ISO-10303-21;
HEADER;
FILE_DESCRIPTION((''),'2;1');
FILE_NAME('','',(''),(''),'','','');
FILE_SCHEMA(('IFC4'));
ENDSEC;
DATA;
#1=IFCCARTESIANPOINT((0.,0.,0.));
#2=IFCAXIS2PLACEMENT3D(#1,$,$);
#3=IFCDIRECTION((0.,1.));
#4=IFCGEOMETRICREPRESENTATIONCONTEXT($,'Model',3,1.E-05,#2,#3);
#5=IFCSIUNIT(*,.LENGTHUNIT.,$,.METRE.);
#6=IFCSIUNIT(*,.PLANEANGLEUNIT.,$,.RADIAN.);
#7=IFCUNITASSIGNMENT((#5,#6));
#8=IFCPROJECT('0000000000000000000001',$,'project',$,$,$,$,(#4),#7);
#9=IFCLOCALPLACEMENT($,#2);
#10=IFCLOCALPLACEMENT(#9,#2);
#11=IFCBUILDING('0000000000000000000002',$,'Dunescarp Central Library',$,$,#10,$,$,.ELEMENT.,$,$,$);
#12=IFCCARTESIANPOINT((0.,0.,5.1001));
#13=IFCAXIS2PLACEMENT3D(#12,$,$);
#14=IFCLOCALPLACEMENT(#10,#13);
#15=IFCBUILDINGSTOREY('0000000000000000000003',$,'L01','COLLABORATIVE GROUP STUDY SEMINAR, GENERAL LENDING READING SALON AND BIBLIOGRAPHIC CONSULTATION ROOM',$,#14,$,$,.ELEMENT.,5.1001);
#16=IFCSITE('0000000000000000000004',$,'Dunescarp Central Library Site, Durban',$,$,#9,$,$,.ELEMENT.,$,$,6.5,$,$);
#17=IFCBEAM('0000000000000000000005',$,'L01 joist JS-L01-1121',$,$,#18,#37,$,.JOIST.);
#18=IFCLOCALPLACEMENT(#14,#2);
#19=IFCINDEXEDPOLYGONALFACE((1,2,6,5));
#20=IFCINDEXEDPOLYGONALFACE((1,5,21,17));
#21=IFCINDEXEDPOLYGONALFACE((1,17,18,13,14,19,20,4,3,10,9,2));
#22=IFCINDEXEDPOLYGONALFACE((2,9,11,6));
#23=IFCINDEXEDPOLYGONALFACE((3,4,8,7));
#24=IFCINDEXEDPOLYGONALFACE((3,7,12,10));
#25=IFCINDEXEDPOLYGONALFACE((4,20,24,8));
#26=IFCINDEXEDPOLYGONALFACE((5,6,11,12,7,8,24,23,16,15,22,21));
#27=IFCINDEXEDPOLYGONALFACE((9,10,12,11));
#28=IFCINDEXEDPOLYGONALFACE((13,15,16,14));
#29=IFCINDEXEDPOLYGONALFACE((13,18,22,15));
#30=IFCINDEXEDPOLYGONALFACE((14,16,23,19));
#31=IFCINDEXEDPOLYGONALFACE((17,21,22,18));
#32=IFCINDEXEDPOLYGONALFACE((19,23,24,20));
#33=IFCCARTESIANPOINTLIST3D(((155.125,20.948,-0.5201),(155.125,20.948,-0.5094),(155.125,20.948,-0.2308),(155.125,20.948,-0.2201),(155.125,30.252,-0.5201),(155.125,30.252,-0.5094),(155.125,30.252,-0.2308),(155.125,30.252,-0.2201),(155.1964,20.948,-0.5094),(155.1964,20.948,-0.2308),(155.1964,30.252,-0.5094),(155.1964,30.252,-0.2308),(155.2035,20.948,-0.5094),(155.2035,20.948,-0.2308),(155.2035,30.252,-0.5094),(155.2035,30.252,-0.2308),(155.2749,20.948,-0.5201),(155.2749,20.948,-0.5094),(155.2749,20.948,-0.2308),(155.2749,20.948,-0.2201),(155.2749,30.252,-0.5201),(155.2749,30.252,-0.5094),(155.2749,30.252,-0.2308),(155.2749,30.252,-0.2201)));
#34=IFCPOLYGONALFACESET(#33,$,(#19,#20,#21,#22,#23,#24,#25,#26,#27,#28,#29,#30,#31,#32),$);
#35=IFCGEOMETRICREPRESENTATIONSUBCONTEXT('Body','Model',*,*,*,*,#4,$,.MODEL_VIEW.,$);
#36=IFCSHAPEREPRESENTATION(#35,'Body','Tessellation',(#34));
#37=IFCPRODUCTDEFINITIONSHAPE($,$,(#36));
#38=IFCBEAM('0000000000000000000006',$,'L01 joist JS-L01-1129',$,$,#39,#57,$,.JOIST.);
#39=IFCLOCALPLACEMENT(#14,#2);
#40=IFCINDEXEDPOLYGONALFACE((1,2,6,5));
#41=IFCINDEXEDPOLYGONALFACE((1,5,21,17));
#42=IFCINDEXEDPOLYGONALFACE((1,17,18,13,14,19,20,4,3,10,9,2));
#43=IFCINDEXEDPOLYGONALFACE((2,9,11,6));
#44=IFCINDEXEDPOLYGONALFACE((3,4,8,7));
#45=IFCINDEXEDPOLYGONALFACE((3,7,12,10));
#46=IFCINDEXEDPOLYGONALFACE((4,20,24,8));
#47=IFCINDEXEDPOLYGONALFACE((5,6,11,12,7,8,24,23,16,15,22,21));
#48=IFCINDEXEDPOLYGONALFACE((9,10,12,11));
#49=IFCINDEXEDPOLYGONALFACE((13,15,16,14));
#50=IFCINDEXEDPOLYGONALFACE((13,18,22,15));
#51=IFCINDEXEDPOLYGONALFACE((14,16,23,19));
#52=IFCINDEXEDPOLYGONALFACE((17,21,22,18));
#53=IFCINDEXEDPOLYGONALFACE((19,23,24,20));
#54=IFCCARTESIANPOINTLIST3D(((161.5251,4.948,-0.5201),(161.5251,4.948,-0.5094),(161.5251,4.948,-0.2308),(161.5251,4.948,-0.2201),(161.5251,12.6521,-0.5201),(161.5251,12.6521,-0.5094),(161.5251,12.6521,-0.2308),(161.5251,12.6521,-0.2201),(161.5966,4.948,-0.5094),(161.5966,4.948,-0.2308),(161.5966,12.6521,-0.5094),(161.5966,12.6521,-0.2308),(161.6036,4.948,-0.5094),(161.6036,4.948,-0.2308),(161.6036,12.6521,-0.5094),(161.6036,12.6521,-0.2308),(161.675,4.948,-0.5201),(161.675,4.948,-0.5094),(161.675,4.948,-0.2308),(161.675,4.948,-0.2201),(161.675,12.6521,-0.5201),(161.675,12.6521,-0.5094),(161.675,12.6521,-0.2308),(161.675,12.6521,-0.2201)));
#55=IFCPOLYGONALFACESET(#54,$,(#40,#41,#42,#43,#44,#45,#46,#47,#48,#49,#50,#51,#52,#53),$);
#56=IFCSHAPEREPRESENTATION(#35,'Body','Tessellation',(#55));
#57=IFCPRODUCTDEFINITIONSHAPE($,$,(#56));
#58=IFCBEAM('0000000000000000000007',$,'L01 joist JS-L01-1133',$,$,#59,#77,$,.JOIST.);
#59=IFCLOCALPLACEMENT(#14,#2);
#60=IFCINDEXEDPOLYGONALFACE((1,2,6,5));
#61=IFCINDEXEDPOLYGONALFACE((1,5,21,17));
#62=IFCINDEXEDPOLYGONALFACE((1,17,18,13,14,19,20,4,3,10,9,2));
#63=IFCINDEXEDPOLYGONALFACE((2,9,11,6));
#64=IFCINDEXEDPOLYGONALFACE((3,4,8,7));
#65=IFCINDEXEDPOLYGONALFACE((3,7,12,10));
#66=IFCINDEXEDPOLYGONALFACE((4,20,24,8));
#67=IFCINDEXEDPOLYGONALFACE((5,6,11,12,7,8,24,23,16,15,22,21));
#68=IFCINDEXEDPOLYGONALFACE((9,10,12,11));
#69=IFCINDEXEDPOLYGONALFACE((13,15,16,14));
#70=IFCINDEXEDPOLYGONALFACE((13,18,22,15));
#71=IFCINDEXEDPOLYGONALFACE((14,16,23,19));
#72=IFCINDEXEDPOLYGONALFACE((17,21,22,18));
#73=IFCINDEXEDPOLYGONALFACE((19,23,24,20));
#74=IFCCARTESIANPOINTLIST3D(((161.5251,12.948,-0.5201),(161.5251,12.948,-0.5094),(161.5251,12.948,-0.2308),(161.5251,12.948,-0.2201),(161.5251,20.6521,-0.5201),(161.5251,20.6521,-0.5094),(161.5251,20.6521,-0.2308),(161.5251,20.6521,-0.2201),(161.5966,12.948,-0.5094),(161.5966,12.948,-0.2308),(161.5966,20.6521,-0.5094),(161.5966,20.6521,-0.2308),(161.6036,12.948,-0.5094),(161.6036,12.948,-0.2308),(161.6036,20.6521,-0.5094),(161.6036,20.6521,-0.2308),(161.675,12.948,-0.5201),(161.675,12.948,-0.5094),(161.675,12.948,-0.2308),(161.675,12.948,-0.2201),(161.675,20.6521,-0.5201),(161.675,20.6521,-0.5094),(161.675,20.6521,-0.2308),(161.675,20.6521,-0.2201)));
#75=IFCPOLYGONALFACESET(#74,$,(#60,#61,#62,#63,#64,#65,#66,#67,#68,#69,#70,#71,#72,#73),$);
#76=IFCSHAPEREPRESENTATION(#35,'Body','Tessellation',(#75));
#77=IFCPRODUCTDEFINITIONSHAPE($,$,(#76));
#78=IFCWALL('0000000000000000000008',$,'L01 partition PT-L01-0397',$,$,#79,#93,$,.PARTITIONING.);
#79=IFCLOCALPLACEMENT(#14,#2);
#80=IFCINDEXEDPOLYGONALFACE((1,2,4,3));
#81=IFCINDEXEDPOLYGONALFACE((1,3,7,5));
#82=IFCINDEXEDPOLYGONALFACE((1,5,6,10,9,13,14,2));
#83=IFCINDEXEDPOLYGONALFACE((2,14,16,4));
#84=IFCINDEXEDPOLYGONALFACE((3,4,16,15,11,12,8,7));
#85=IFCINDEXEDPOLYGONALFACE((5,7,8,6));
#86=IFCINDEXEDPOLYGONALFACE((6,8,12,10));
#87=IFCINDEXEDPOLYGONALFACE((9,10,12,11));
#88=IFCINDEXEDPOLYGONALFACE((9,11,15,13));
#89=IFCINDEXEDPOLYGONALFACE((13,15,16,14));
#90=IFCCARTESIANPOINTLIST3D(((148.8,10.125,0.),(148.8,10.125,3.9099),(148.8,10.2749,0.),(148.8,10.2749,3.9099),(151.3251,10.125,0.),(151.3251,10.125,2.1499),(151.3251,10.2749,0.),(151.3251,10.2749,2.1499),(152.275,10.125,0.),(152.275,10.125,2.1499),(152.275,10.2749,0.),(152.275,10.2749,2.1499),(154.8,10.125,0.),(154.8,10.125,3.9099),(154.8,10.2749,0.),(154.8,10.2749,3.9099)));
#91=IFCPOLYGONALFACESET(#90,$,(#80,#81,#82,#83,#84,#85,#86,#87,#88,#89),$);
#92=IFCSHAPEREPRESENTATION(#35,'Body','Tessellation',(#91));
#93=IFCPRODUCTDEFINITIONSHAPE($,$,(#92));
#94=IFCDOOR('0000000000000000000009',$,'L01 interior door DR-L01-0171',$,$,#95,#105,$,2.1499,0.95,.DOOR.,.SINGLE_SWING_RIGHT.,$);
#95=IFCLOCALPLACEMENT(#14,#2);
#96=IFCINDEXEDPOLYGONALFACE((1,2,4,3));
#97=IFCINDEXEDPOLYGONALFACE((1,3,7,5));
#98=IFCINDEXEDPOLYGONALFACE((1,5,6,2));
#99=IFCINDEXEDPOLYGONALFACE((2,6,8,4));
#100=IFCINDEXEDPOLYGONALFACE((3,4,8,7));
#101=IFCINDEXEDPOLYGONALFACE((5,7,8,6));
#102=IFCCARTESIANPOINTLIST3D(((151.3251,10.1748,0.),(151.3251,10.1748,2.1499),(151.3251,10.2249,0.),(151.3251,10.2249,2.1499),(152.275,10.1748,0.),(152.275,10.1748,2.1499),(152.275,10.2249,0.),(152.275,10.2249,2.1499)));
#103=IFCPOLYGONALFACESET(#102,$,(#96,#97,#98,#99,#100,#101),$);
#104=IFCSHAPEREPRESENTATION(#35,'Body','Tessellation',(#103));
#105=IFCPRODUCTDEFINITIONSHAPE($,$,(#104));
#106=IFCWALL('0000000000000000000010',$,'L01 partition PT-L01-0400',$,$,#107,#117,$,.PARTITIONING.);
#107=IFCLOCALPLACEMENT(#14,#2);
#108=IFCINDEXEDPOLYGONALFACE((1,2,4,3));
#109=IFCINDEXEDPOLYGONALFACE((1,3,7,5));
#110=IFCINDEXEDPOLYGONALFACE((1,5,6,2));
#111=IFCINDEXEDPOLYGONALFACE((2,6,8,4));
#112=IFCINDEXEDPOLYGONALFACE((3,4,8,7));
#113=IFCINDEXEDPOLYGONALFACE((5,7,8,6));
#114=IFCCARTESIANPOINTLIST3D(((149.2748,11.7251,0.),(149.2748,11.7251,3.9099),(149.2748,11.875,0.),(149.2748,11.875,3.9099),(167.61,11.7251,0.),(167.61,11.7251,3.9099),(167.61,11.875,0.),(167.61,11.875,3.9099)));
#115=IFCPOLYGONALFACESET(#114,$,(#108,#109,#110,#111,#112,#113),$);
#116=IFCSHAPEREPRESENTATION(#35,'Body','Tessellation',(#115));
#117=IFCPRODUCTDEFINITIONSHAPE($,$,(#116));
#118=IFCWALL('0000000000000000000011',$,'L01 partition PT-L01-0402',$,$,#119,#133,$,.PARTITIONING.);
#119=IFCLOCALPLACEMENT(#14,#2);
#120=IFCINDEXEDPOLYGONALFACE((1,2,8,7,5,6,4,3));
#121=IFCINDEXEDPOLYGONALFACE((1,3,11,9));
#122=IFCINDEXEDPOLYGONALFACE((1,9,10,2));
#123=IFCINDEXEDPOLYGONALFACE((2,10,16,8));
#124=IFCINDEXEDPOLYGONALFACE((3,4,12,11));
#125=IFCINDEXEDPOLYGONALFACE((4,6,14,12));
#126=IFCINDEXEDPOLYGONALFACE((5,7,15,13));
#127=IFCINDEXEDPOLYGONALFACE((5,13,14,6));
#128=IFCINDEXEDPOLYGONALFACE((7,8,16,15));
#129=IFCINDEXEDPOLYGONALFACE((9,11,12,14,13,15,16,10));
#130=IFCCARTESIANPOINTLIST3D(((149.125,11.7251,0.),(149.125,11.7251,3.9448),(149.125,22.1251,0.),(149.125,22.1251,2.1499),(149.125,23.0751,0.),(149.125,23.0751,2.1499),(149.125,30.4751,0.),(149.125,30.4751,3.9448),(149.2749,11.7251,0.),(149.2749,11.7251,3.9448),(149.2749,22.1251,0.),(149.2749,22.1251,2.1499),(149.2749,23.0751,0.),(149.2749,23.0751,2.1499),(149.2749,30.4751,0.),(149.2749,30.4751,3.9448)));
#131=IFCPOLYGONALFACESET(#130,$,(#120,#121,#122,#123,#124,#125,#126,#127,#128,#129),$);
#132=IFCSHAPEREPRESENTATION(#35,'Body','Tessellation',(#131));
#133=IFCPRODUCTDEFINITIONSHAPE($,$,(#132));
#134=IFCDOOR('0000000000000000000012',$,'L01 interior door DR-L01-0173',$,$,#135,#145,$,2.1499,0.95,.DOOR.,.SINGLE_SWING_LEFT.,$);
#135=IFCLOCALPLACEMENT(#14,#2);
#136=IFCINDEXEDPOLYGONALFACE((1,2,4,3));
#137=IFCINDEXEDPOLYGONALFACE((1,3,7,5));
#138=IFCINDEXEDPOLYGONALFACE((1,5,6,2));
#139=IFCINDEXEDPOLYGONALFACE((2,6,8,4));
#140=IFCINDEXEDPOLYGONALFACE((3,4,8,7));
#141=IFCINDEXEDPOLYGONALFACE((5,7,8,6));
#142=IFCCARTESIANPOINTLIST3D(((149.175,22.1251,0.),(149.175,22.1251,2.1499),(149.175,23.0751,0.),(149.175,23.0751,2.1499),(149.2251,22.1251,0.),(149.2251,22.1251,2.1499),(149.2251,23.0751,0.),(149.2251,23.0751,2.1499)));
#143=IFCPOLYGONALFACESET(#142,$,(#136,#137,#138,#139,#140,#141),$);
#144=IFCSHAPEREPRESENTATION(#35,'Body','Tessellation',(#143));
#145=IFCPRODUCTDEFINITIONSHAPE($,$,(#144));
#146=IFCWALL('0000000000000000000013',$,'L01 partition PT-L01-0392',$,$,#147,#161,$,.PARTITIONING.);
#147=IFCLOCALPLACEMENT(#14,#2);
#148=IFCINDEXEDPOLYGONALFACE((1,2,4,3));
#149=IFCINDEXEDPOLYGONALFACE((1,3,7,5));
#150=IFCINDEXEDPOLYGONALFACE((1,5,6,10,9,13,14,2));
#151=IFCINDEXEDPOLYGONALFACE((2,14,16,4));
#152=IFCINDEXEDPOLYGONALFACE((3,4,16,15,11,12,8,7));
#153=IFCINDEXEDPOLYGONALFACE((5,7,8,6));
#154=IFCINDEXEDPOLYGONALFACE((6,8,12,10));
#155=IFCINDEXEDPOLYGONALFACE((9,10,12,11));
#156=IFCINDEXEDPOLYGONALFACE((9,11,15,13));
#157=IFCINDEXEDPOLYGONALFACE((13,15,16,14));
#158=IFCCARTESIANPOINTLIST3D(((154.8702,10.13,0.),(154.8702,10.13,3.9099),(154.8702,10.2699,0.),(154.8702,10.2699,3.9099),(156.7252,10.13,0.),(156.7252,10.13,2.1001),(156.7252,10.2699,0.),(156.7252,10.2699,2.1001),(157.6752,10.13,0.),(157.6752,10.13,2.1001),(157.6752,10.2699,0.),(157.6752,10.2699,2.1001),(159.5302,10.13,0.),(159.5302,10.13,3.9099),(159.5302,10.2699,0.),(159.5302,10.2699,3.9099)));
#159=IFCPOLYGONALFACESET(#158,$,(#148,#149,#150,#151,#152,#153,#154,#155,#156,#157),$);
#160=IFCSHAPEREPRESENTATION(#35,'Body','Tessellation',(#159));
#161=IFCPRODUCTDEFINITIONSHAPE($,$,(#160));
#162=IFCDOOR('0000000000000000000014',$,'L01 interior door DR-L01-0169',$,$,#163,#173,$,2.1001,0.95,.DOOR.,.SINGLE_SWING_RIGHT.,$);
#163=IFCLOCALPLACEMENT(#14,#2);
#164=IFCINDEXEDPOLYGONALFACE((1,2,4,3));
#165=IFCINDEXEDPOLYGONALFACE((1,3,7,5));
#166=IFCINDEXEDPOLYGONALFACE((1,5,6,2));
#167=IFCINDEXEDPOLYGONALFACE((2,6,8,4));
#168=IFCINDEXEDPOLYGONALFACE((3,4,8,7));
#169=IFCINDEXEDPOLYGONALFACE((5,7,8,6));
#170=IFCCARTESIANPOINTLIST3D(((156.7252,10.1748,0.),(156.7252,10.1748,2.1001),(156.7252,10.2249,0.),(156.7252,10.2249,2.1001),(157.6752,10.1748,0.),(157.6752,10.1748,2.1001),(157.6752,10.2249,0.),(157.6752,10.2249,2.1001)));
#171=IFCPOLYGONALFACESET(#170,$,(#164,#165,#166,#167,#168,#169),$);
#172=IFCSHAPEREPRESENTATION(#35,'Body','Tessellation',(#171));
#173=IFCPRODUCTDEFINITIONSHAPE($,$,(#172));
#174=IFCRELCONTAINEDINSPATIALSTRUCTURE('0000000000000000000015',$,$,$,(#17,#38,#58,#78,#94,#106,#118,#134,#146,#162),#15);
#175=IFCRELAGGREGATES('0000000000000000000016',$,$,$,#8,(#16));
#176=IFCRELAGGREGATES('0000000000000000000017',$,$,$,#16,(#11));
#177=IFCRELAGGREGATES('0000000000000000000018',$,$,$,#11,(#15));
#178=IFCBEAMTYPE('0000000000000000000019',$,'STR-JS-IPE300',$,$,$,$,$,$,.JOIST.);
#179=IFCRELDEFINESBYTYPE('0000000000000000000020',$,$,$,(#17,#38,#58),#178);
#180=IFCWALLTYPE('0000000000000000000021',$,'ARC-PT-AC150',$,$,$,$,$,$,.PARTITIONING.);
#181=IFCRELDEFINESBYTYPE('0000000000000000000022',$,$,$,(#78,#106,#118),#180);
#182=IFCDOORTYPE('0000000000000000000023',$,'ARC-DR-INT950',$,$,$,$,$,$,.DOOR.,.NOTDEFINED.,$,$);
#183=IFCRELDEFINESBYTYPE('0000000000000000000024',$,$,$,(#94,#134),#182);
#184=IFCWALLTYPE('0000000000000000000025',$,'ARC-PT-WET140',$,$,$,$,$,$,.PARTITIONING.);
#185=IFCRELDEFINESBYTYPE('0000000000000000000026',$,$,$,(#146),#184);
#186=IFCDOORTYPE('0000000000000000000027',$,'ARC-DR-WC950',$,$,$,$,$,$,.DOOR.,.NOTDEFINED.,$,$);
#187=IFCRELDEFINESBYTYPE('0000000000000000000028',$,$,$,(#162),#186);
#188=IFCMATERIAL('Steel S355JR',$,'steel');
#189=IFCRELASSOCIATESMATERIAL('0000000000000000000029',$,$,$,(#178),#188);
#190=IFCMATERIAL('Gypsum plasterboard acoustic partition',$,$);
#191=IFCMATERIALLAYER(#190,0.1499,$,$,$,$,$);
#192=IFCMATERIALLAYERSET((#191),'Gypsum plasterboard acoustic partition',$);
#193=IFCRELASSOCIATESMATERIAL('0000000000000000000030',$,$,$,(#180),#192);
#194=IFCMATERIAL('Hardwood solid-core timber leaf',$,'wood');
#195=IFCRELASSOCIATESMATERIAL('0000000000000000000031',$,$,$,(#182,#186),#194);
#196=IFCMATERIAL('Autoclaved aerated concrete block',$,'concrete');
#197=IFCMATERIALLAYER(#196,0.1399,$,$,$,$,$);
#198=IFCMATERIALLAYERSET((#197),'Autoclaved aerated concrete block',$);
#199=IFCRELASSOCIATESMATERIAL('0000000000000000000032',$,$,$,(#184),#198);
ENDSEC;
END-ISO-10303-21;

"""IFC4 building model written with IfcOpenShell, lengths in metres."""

from ifc_helpers import new_model, si_unit, direction, frame, frame_2d, origin, origin_2d, place, context, subcontext, project, spatial, rectangle, i_section, extrude, material, layer, layer_set, material_profile, profile_set, type_object, element, fill, save


model = new_model("IFC4")

# Units and contexts
model_context = context("Model", 3, precision=1e-05, world=origin(), true_north=direction((0.0, 1.0)))
body_context = subcontext(model_context, "Body", "Model", "MODEL_VIEW")
ifc_project = project(units=[si_unit("LENGTHUNIT", "METRE"), si_unit("PLANEANGLEUNIT", "RADIAN")], contexts=[model_context])

# Site, building, storey
site_placement = place(None, origin())
site = spatial("IfcSite", under=ifc_project, at=site_placement, Name="Dunescarp Central Library Site, Durban", CompositionType="ELEMENT", RefElevation=6.5)
building_placement = place(site_placement, origin())
building = spatial("IfcBuilding", under=site, at=building_placement, Name="Dunescarp Central Library", CompositionType="ELEMENT")
storey_placement = place(building_placement, frame((0.0, 0.0, 5.1001)))
storey = spatial("IfcBuildingStorey", under=building, at=storey_placement, Name="L01", Description="COLLABORATIVE GROUP STUDY SEMINAR, GENERAL LENDING READING SALON AND BIBLIOGRAPHIC CONSULTATION ROOM", CompositionType="ELEMENT", Elevation=5.1001)

# Shared definitions
ifc_material_1 = material(Name="Steel S355JR", Category="steel")

# Beams
ifc_material_profile_1 = material_profile(ifc_material_1, i_section(OverallWidth=0.1499, OverallDepth=0.3, WebThickness=0.0071, FlangeThickness=0.0107, at=origin_2d()), Name="IPE 300")
ifc_profile_set_1 = profile_set([ifc_material_profile_1], Name="Steel S355JR")
beam_type_1 = type_object("IfcBeamType", Name="STR-JS-IPE300", PredefinedType="JOIST", material=ifc_profile_set_1)
for number, where, z_axis, x_axis, name in (
    (1, (155.2, 20.948, -0.3701), (0.0, 1.0, 0.0), (-1.0, 0.0, 0.0), "L01 joist JS-L01-1121"),
):
    element("IfcBeam", number, at=place(storey_placement, frame(where, z_axis=z_axis, x_axis=x_axis)), inside=storey, type_object=beam_type_1, Name=name, PredefinedType="JOIST", context=body_context, shape_type="SweptSolid", body=[
        extrude(i_section(OverallWidth=0.1499, OverallDepth=0.3, WebThickness=0.0071, FlangeThickness=0.0107, at=origin_2d()), origin(), (0.0, 0.0, 1.0), 9.304),
    ])
for number, where, z_axis, x_axis, name in (
    (2, (161.6001, 4.948, -0.3701), (0.0, 1.0, 0.0), (-1.0, 0.0, 0.0), "L01 joist JS-L01-1129"),
    (3, (161.6001, 12.948, -0.3701), (0.0, 1.0, 0.0), (-1.0, 0.0, 0.0), "L01 joist JS-L01-1133"),
):
    element("IfcBeam", number, at=place(storey_placement, frame(where, z_axis=z_axis, x_axis=x_axis)), inside=storey, type_object=beam_type_1, Name=name, PredefinedType="JOIST", context=body_context, shape_type="SweptSolid", body=[
        extrude(i_section(OverallWidth=0.1499, OverallDepth=0.3, WebThickness=0.0071, FlangeThickness=0.0107, at=origin_2d()), origin(), (0.0, 0.0, 1.0), 7.7041),
    ])

# Wall, opening, door
ifc_material_2 = material(Name="Gypsum plasterboard acoustic partition")
ifc_layer_1 = layer(ifc_material_2, 0.1499)
ifc_layer_set_1 = layer_set([ifc_layer_1], Name="Gypsum plasterboard acoustic partition")
wall_type_1 = type_object("IfcWallType", Name="ARC-PT-AC150", PredefinedType="PARTITIONING", material=ifc_layer_set_1)
wall_1_placement = place(storey_placement, frame((148.8, 10.2, 0.0), z_axis=(0.0, 0.0, 1.0), x_axis=(1.0, 0.0, 0.0)))
wall_1 = element("IfcWall", 4, at=wall_1_placement, inside=storey, type_object=wall_type_1, Name="L01 partition PT-L01-0397", PredefinedType="PARTITIONING", context=body_context, shape_type="SweptSolid", body=[
    extrude(rectangle(XDim=6.0, YDim=0.1499, at=frame_2d((3.0, 0.0))), origin(), (0.0, 0.0, 1.0), 3.9099),
])
opening_1_placement = place(wall_1_placement, frame((2.5249, 0.0, 0.0)))
opening_1 = element("IfcOpeningElement", 5, at=opening_1_placement, cuts=wall_1, PredefinedType="OPENING", context=body_context, shape_type="SweptSolid", body=[
    extrude(rectangle(XDim=0.95, YDim=2.1499, at=frame_2d((0.4751, 1.075))), frame((0.0, 0.085, 0.0), z_axis=(0.0, -1.0, 0.0), x_axis=(1.0, 0.0, 0.0)), (0.0, 0.0, 1.0), 0.1699),
])
ifc_material_3 = material(Name="Hardwood solid-core timber leaf", Category="wood")
door_type_1 = type_object("IfcDoorType", Name="ARC-DR-INT950", OperationType="NOTDEFINED", PredefinedType="DOOR", material=ifc_material_3)
door_1_placement = place(opening_1_placement, origin())
door_1 = element("IfcDoor", 6, at=door_1_placement, inside=storey, type_object=door_type_1, Name="L01 interior door DR-L01-0171", OperationType="SINGLE_SWING_RIGHT", OverallHeight=2.1499, OverallWidth=0.95, PredefinedType="DOOR", context=body_context, shape_type="SweptSolid", body=[
    extrude(rectangle(XDim=0.95, YDim=2.1499, at=frame_2d((0.4751, 1.075))), frame((0.0, 0.0249, 0.0), z_axis=(0.0, -1.0, 0.0), x_axis=(1.0, 0.0, 0.0)), (0.0, 0.0, 1.0), 0.05),
])
fill(opening_1, door_1)

# Wall
wall_2_placement = place(storey_placement, frame((149.2749, 11.8, 0.0), z_axis=(0.0, 0.0, 1.0), x_axis=(1.0, 0.0, 0.0)))
element("IfcWall", 7, at=wall_2_placement, inside=storey, type_object=wall_type_1, Name="L01 partition PT-L01-0400", PredefinedType="PARTITIONING", context=body_context, shape_type="SweptSolid", body=[
    extrude(rectangle(XDim=18.3352, YDim=0.1499, at=frame_2d((9.1675, 0.0))), origin(), (0.0, 0.0, 1.0), 3.9099),
])

# Walls, openings, doors
wall_3_placement = place(storey_placement, frame((149.2, 11.7251, 0.0), z_axis=(0.0, 0.0, 1.0), x_axis=(0.0, 1.0, 0.0)))
wall_3 = element("IfcWall", 8, at=wall_3_placement, inside=storey, type_object=wall_type_1, Name="L01 partition PT-L01-0402", PredefinedType="PARTITIONING", context=body_context, shape_type="SweptSolid", body=[
    extrude(rectangle(XDim=18.75, YDim=0.1499, at=frame_2d((9.375, 0.0))), origin(), (0.0, 0.0, 1.0), 3.9448),
])
opening_2_placement = place(wall_3_placement, frame((10.3999, 0.0, 0.0)))
opening_2 = element("IfcOpeningElement", 9, at=opening_2_placement, cuts=wall_3, PredefinedType="OPENING", context=body_context, shape_type="SweptSolid", body=[
    extrude(rectangle(XDim=0.95, YDim=2.1499, at=frame_2d((0.4751, 1.075))), frame((0.0, 0.085, 0.0), z_axis=(0.0, -1.0, 0.0), x_axis=(1.0, 0.0, 0.0)), (0.0, 0.0, 1.0), 0.1699),
])
door_2_placement = place(opening_2_placement, origin())
door_2 = element("IfcDoor", 10, at=door_2_placement, inside=storey, type_object=door_type_1, Name="L01 interior door DR-L01-0173", OperationType="SINGLE_SWING_LEFT", OverallHeight=2.1499, OverallWidth=0.95, PredefinedType="DOOR", context=body_context, shape_type="SweptSolid", body=[
    extrude(rectangle(XDim=0.95, YDim=2.1499, at=frame_2d((0.4751, 1.075))), frame((0.0, 0.0249, 0.0), z_axis=(0.0, -1.0, 0.0), x_axis=(1.0, 0.0, 0.0)), (0.0, 0.0, 1.0), 0.05),
])
fill(opening_2, door_2)
ifc_material_4 = material(Name="Autoclaved aerated concrete block", Category="concrete")
ifc_layer_2 = layer(ifc_material_4, 0.1399)
ifc_layer_set_2 = layer_set([ifc_layer_2], Name="Autoclaved aerated concrete block")
wall_type_2 = type_object("IfcWallType", Name="ARC-PT-WET140", PredefinedType="PARTITIONING", material=ifc_layer_set_2)
wall_4_placement = place(storey_placement, frame((154.8701, 10.2, 0.0), z_axis=(0.0, 0.0, 1.0), x_axis=(1.0, 0.0, 0.0)))
wall_4 = element("IfcWall", 11, at=wall_4_placement, inside=storey, type_object=wall_type_2, Name="L01 partition PT-L01-0392", PredefinedType="PARTITIONING", context=body_context, shape_type="SweptSolid", body=[
    extrude(rectangle(XDim=4.6599, YDim=0.1399, at=frame_2d((2.3301, 0.0))), origin(), (0.0, 0.0, 1.0), 3.9099),
])
opening_3_placement = place(wall_4_placement, frame((1.855, 0.0, 0.0)))
opening_3 = element("IfcOpeningElement", 12, at=opening_3_placement, cuts=wall_4, PredefinedType="OPENING", context=body_context, shape_type="SweptSolid", body=[
    extrude(rectangle(XDim=0.95, YDim=2.1001, at=frame_2d((0.4751, 1.05))), frame((0.0, 0.0801, 0.0), z_axis=(0.0, -1.0, 0.0), x_axis=(1.0, 0.0, 0.0)), (0.0, 0.0, 1.0), 0.1599),
])
door_type_2 = type_object("IfcDoorType", Name="ARC-DR-WC950", OperationType="NOTDEFINED", PredefinedType="DOOR", material=ifc_material_3)
door_3_placement = place(opening_3_placement, origin())
door_3 = element("IfcDoor", 13, at=door_3_placement, inside=storey, type_object=door_type_2, Name="L01 interior door DR-L01-0169", OperationType="SINGLE_SWING_RIGHT", OverallHeight=2.1001, OverallWidth=0.95, PredefinedType="DOOR", context=body_context, shape_type="SweptSolid", body=[
    extrude(rectangle(XDim=0.95, YDim=2.1001, at=frame_2d((0.4751, 1.05))), frame((0.0, 0.0249, 0.0), z_axis=(0.0, -1.0, 0.0), x_axis=(1.0, 0.0, 0.0)), (0.0, 0.0, 1.0), 0.05),
])
fill(opening_3, door_3)

save(model, "model.ifc")
